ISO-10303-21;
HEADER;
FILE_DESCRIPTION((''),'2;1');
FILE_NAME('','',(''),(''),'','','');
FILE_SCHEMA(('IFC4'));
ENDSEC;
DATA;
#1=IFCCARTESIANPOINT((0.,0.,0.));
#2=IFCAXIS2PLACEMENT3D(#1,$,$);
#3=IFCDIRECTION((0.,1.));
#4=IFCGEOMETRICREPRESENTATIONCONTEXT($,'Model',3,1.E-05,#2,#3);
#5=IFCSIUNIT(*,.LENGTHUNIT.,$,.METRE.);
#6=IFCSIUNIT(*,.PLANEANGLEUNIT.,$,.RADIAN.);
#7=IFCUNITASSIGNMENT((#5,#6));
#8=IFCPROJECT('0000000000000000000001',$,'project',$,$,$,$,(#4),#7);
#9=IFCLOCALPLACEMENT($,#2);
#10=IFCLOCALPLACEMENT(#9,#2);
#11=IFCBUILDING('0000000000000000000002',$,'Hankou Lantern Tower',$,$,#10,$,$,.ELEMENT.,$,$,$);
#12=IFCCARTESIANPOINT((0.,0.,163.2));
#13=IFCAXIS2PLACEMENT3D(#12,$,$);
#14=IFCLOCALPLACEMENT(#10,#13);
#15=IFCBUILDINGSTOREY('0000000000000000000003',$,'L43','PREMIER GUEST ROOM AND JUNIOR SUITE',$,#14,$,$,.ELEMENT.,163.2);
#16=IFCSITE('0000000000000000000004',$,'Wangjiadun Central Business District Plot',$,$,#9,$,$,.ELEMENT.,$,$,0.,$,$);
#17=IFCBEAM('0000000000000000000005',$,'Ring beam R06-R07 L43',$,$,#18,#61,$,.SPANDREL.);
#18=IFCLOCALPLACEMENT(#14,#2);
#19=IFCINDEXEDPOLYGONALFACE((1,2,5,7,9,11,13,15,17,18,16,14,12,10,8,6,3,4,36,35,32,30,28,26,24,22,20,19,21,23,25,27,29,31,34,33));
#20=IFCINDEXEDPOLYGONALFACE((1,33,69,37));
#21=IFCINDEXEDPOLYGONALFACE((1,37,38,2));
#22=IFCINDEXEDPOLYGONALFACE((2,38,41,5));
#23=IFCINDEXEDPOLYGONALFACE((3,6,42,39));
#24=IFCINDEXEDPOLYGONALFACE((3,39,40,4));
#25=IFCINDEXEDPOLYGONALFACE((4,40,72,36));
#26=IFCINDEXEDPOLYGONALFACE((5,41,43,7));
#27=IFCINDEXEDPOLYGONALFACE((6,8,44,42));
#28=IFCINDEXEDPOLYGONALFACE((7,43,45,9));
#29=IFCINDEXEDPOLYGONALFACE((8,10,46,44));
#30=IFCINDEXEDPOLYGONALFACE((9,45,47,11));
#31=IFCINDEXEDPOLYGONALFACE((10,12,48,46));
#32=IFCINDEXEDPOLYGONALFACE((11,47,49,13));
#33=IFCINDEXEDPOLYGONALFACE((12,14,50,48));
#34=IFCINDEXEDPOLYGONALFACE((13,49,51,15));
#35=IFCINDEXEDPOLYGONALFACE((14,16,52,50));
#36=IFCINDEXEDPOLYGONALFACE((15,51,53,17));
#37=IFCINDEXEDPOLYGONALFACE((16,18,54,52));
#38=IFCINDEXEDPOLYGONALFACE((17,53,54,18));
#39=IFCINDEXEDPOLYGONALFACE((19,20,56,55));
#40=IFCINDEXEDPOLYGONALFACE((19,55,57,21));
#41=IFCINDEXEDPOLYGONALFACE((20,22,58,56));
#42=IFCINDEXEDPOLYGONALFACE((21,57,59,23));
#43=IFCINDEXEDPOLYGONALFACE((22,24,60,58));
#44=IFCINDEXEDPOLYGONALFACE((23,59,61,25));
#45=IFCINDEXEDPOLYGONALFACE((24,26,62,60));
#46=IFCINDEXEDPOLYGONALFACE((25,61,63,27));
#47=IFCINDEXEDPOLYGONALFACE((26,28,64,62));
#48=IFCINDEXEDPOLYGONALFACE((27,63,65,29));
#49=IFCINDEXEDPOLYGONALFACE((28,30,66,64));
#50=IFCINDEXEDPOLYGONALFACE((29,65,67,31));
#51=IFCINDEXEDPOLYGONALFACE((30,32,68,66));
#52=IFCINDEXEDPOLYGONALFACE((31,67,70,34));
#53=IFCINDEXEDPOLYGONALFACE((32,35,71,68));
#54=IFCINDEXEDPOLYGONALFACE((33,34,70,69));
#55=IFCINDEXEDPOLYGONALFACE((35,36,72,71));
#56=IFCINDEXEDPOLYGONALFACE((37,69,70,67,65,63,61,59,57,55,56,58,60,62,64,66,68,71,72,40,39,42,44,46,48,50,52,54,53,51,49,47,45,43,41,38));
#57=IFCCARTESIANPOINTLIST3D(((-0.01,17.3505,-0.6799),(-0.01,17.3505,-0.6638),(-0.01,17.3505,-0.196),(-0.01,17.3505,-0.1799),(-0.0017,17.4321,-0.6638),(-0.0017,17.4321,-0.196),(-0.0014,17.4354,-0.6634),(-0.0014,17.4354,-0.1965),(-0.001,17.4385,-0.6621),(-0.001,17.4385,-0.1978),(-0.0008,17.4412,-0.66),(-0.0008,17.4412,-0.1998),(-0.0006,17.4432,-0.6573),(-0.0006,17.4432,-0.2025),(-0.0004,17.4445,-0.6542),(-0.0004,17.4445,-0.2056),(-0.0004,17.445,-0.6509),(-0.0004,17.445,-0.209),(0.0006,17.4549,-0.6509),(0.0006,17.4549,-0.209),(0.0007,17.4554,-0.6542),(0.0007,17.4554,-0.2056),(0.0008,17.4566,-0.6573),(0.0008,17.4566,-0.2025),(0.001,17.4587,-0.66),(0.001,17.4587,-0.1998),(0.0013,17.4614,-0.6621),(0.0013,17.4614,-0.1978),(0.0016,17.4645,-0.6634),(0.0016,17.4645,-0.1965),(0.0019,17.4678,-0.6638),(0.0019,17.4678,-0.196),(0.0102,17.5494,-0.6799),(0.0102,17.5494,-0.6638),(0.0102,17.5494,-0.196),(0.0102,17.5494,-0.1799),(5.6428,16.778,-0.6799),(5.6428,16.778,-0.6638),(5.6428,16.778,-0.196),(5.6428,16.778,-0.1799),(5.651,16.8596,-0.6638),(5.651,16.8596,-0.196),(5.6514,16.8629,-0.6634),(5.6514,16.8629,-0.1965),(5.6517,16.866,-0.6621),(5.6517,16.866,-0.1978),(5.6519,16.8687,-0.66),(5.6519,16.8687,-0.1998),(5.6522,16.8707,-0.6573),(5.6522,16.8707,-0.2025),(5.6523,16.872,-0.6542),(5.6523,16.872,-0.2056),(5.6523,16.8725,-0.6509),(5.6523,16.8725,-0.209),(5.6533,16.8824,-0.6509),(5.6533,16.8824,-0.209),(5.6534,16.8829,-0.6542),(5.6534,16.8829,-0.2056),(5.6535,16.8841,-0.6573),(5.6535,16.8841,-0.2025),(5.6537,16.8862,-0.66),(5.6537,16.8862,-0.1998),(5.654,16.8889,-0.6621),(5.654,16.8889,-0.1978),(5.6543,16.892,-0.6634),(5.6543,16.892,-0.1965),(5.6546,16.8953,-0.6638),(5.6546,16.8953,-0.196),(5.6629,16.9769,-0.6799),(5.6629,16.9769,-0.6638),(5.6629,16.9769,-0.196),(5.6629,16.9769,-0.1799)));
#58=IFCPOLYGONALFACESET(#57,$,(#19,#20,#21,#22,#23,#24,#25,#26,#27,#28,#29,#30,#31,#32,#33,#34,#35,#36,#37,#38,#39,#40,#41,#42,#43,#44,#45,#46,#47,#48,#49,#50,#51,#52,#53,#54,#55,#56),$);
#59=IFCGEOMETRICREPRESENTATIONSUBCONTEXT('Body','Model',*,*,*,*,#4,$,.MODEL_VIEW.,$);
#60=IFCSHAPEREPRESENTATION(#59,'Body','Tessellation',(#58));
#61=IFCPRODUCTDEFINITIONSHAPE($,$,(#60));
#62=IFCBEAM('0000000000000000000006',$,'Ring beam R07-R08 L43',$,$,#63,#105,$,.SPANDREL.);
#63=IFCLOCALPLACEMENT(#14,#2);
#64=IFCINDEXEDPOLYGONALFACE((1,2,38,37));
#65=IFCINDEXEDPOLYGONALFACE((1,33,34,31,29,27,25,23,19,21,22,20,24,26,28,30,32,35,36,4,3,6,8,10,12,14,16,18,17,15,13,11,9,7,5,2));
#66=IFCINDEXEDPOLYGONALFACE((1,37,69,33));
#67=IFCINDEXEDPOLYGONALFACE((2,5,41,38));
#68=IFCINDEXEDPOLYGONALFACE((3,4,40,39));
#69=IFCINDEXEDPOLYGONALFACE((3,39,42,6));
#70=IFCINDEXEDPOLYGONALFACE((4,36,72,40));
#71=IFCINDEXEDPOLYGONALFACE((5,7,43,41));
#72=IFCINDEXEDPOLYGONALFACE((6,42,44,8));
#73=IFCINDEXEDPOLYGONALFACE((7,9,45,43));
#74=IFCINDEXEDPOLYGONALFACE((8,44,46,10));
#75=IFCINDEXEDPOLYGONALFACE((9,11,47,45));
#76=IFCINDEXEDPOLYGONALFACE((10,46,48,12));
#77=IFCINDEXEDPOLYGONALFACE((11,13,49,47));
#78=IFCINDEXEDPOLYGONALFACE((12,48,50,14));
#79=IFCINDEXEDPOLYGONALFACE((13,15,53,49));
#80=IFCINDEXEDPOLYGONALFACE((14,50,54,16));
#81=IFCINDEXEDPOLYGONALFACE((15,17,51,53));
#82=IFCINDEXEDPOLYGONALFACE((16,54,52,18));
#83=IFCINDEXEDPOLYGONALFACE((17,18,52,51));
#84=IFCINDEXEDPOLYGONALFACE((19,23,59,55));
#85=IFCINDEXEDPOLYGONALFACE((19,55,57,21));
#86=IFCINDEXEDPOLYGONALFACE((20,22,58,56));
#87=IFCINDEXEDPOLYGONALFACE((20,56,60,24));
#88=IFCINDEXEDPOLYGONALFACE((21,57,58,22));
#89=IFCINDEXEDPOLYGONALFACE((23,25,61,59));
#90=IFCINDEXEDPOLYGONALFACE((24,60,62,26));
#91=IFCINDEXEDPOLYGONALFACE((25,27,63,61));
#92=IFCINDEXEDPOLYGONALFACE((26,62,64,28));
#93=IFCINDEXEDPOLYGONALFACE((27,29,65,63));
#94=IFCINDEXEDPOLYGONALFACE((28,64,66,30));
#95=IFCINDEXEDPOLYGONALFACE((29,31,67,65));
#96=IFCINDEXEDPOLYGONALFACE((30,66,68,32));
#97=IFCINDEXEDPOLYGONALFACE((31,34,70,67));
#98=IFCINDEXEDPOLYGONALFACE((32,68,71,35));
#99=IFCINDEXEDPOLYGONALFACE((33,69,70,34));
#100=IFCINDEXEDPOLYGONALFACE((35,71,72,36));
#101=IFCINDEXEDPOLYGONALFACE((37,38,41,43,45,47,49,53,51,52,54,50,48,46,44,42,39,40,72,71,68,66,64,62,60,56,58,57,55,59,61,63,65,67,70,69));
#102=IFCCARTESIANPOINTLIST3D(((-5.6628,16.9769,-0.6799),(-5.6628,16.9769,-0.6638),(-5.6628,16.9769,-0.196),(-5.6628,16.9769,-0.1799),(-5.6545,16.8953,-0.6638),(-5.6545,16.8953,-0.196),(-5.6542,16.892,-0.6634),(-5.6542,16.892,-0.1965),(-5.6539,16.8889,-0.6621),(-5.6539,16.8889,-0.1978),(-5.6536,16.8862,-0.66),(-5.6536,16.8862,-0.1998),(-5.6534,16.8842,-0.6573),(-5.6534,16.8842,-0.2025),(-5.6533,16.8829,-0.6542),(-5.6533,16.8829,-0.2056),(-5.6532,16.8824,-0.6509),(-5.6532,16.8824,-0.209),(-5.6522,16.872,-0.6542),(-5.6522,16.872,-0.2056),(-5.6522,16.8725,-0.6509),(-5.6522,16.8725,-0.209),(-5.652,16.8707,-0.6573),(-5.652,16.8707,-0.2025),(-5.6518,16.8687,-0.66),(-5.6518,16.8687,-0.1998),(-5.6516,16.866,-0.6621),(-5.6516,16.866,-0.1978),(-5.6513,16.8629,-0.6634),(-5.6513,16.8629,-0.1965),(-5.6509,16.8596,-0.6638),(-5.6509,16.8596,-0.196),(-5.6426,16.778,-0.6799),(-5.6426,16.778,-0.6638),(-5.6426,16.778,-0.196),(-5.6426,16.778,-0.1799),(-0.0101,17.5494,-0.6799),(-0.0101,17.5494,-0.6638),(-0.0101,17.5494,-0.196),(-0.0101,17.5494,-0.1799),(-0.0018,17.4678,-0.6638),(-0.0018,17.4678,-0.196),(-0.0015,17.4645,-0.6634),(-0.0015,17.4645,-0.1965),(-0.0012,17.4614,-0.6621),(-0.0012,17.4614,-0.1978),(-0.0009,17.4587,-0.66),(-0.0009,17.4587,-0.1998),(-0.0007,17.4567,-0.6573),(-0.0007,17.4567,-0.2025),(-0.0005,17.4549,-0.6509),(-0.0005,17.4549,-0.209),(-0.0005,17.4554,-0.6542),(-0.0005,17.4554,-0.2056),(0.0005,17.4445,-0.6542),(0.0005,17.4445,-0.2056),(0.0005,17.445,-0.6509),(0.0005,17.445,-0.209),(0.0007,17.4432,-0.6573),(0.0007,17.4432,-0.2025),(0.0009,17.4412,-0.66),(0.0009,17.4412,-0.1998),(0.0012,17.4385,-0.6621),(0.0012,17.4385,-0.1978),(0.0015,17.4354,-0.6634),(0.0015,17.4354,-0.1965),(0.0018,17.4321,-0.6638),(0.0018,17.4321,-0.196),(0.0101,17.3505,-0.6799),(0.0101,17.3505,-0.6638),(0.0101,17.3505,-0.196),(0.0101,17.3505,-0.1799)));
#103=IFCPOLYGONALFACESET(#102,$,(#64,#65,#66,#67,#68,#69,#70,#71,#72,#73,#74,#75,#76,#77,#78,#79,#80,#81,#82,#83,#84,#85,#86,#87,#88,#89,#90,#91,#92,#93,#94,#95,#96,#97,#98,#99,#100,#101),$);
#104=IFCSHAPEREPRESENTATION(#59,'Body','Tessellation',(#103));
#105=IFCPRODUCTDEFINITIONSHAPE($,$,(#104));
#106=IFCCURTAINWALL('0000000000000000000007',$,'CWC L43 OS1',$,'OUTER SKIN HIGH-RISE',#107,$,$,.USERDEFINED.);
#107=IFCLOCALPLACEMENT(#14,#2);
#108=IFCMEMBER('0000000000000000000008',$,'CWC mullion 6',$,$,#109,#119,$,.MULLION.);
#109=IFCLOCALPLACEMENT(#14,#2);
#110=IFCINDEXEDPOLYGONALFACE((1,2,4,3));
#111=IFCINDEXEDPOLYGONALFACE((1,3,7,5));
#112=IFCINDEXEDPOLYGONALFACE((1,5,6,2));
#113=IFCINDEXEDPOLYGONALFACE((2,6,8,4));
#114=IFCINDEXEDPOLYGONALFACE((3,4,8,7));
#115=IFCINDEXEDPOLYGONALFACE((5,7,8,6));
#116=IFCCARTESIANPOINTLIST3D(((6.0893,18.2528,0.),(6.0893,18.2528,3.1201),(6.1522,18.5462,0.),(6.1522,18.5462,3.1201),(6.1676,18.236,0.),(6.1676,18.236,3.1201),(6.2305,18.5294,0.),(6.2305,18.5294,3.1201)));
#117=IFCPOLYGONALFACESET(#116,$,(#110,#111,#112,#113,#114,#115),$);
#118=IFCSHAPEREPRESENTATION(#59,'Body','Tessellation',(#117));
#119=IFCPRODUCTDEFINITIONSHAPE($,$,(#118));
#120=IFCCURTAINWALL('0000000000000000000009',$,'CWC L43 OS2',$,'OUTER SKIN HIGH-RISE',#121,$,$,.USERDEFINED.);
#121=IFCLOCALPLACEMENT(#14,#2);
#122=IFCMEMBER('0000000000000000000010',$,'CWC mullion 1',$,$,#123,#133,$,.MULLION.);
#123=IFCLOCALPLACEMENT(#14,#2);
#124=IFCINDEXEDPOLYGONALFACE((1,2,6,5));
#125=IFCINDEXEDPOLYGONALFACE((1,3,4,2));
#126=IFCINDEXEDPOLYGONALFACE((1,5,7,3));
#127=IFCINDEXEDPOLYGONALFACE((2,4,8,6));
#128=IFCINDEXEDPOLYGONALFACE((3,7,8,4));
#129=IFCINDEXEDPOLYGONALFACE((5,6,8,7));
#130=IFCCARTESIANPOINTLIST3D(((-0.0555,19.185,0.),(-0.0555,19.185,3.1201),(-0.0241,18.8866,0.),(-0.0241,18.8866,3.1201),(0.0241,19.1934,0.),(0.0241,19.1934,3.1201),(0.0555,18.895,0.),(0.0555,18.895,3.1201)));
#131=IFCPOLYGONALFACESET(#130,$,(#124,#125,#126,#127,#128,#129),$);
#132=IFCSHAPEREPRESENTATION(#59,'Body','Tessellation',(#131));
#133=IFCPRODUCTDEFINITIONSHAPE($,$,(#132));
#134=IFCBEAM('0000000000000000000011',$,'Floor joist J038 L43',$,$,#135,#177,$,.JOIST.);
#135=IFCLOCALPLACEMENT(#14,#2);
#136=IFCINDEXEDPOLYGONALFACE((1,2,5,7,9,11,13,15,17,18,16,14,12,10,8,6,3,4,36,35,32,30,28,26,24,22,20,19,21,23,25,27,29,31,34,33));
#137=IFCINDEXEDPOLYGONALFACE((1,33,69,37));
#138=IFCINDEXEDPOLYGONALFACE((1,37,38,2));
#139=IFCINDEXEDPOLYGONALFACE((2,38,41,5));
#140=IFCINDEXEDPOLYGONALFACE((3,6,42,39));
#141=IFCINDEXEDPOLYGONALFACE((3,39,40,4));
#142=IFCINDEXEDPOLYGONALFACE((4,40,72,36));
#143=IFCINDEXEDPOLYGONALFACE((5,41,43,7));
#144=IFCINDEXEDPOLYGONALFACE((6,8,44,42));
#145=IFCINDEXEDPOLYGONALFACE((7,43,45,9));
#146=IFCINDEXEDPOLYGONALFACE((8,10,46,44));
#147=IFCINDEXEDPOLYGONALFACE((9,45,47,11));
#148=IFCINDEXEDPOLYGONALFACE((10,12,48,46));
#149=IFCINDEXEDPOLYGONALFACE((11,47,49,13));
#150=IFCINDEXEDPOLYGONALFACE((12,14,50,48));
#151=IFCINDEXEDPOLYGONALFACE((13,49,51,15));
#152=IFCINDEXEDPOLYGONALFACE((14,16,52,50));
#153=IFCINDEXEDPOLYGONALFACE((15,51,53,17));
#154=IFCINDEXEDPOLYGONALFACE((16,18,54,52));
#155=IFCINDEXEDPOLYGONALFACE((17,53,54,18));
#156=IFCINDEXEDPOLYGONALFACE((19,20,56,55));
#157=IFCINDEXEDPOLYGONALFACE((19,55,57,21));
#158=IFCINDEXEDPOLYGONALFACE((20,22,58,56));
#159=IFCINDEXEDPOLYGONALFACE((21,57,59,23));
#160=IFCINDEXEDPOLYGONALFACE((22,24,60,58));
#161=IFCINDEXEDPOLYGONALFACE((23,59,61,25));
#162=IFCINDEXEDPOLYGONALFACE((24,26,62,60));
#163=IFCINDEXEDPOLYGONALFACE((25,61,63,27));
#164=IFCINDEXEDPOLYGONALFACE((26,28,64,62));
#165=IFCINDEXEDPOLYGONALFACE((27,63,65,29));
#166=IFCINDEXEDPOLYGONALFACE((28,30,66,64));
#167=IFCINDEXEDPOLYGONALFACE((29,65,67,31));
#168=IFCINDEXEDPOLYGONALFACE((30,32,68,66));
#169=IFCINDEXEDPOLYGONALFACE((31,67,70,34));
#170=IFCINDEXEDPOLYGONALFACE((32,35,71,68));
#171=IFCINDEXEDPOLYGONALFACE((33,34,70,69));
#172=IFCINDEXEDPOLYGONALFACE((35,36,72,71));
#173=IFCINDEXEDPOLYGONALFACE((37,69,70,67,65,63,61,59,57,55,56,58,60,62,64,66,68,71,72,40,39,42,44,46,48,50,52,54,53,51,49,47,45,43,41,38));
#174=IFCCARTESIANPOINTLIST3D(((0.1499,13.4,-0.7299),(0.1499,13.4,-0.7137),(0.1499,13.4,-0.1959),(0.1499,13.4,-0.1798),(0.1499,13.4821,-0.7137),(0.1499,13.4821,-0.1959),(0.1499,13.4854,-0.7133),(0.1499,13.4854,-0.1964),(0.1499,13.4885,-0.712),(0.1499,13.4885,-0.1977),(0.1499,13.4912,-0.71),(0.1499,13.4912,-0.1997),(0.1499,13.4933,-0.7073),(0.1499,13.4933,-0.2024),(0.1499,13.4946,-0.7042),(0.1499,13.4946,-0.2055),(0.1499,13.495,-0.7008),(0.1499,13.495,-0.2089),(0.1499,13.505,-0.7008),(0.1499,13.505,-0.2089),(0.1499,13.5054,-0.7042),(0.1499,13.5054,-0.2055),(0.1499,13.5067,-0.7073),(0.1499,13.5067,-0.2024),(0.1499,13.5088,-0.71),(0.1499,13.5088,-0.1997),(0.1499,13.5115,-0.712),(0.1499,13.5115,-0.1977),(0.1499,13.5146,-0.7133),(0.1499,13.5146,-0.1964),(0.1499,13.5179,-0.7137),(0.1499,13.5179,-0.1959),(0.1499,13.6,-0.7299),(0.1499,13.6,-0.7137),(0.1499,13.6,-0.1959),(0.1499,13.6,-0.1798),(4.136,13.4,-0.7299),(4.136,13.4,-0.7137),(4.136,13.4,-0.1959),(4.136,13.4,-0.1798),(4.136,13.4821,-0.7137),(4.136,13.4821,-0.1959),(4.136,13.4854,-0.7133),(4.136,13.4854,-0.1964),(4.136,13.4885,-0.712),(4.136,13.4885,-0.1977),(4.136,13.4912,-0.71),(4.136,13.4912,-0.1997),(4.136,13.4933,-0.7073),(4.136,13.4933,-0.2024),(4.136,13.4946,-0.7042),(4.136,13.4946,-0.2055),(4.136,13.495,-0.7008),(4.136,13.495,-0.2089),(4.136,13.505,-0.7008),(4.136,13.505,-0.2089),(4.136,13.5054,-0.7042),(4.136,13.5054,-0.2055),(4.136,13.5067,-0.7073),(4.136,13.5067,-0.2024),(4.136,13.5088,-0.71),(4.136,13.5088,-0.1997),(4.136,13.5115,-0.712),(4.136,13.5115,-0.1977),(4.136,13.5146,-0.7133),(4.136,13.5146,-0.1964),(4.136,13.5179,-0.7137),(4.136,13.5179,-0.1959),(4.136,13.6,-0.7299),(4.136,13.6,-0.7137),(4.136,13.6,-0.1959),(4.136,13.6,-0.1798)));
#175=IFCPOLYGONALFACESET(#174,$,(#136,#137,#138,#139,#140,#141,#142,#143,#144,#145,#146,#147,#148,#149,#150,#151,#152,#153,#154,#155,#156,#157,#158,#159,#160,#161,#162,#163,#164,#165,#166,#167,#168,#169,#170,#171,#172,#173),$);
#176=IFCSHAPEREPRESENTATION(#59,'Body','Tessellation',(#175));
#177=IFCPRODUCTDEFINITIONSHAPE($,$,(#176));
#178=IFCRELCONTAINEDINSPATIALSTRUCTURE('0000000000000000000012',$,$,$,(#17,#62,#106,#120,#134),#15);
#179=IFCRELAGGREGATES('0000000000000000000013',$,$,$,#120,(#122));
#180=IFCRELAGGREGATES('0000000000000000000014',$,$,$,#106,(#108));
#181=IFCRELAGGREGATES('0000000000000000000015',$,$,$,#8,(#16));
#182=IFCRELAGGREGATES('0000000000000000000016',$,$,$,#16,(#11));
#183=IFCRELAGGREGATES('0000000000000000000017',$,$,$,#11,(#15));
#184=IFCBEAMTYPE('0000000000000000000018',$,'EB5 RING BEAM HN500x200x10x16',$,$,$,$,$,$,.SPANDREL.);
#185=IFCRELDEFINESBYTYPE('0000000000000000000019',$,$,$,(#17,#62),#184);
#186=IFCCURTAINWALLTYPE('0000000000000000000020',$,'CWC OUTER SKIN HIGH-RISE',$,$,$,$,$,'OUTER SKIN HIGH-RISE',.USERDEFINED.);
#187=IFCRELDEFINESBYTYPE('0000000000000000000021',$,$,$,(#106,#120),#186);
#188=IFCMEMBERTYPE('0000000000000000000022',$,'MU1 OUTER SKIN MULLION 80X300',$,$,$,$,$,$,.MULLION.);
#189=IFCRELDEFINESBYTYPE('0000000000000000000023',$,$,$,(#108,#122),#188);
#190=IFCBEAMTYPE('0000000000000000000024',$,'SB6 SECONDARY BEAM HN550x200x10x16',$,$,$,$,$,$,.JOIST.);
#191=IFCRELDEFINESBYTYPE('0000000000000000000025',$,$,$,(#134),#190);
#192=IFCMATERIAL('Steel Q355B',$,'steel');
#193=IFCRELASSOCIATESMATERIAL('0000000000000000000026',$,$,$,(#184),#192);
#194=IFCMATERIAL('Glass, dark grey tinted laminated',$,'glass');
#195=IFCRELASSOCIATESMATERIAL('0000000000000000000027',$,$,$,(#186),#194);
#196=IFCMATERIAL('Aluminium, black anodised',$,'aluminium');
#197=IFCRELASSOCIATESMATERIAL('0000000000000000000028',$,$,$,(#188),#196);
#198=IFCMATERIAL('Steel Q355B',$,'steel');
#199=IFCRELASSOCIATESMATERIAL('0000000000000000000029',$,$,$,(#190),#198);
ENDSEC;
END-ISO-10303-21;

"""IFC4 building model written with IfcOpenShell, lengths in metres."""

from ifc_helpers import new_model, si_unit, direction, frame, origin, origin_2d, place, context, subcontext, project, spatial, rectangle, i_section, extrude, material, material_profile, profile_set, type_object, element, aggregate, save


model = new_model("IFC4")

# Units and contexts
model_context = context("Model", 3, precision=1e-05, world=origin(), true_north=direction((0.0, 1.0)))
body_context = subcontext(model_context, "Body", "Model", "MODEL_VIEW")
ifc_project = project(units=[si_unit("LENGTHUNIT", "METRE"), si_unit("PLANEANGLEUNIT", "RADIAN")], contexts=[model_context])

# Site, building, storey
site_placement = place(None, origin())
site = spatial("IfcSite", under=ifc_project, at=site_placement, Name="Wangjiadun Central Business District Plot", CompositionType="ELEMENT", RefElevation=0.0)
building_placement = place(site_placement, origin())
building = spatial("IfcBuilding", under=site, at=building_placement, Name="Hankou Lantern Tower", CompositionType="ELEMENT")
storey_placement = place(building_placement, frame((0.0, 0.0, 163.2)))
storey = spatial("IfcBuildingStorey", under=building, at=storey_placement, Name="L43", Description="PREMIER GUEST ROOM AND JUNIOR SUITE", CompositionType="ELEMENT", Elevation=163.2)

# Beams
ifc_material_1 = material(Name="Steel Q355B", Category="steel")
ifc_material_profile_1 = material_profile(ifc_material_1, i_section(OverallWidth=0.2, OverallDepth=0.5, WebThickness=0.01, FlangeThickness=0.0161, FilletRadius=0.0129, at=origin_2d()), Name="HN500x200x10x16")
ifc_profile_set_1 = profile_set([ifc_material_profile_1], Name="Steel Q355B")
beam_type_1 = type_object("IfcBeamType", Name="EB5 RING BEAM HN500x200x10x16", PredefinedType="SPANDREL", material=ifc_profile_set_1)
for number, where, z_axis, x_axis, name in (
    (1, (5.6528, 16.8774, -0.4299), (-0.99491, 0.100763, 0.0), (-0.100763, -0.99491, 0.0), "Ring beam R06-R07 L43"),
    (2, (0.0, 17.45, -0.4299), (-0.99491, -0.100763, 0.0), (0.100763, -0.99491, 0.0), "Ring beam R07-R08 L43"),
):
    element("IfcBeam", number, at=place(storey_placement, frame(where, z_axis=z_axis, x_axis=x_axis)), inside=storey, type_object=beam_type_1, Name=name, PredefinedType="SPANDREL", context=body_context, shape_type="SweptSolid", body=[
        extrude(i_section(OverallWidth=0.2, OverallDepth=0.5, WebThickness=0.01, FlangeThickness=0.0161, FilletRadius=0.0129, at=origin_2d()), origin(), (0.0, 0.0, 1.0), 5.6816),
    ])

# Curtain walls, members
ifc_material_2 = material(Name="Glass, dark grey tinted laminated", Category="glass")
curtain_wall_type = type_object("IfcCurtainWallType", Name="CWC OUTER SKIN HIGH-RISE", ElementType="OUTER SKIN HIGH-RISE", PredefinedType="USERDEFINED", material=ifc_material_2)
curtain_wall_1_placement = place(storey_placement, origin())
curtain_wall_1 = element("IfcCurtainWall", 3, at=curtain_wall_1_placement, inside=storey, type_object=curtain_wall_type, Name="CWC L43 OS1", ObjectType="OUTER SKIN HIGH-RISE", PredefinedType="USERDEFINED")
ifc_material_3 = material(Name="Aluminium, black anodised", Category="aluminium")
ifc_material_profile_2 = material_profile(ifc_material_3, rectangle(XDim=0.0801, YDim=0.3, at=origin_2d()), Name="MU1 80X300")
ifc_profile_set_2 = profile_set([ifc_material_profile_2], Name="Aluminium, black anodised")
member_type_1 = type_object("IfcMemberType", Name="MU1 OUTER SKIN MULLION 80X300", PredefinedType="MULLION", material=ifc_profile_set_2)
member_1_placement = place(storey_placement, frame((6.1599, 18.3911, 0.0), z_axis=(0.0, 0.0, 1.0), x_axis=(-0.977788, 0.209598, 0.0)))
member_1 = element("IfcMember", 4, at=member_1_placement, type_object=member_type_1, Name="CWC mullion 6", PredefinedType="MULLION", context=body_context, shape_type="SweptSolid", body=[
    extrude(rectangle(XDim=0.0801, YDim=0.3, at=origin_2d()), origin(), (0.0, 0.0, 1.0), 3.1201),
])
curtain_wall_2_placement = place(storey_placement, origin())
curtain_wall_2 = element("IfcCurtainWall", 5, at=curtain_wall_2_placement, inside=storey, type_object=curtain_wall_type, Name="CWC L43 OS2", ObjectType="OUTER SKIN HIGH-RISE", PredefinedType="USERDEFINED")
member_2_placement = place(storey_placement, frame((0.0, 19.04, 0.0), z_axis=(0.0, 0.0, 1.0), x_axis=(-0.994499, -0.104743, 0.0)))
member_2 = element("IfcMember", 6, at=member_2_placement, type_object=member_type_1, Name="CWC mullion 1", PredefinedType="MULLION", context=body_context, shape_type="SweptSolid", body=[
    extrude(rectangle(XDim=0.0801, YDim=0.3, at=origin_2d()), origin(), (0.0, 0.0, 1.0), 3.1201),
])

# Beam
ifc_material_4 = material(Name="Steel Q355B", Category="steel")
ifc_material_profile_3 = material_profile(ifc_material_4, i_section(OverallWidth=0.2, OverallDepth=0.55, WebThickness=0.01, FlangeThickness=0.0161, FilletRadius=0.0129, at=origin_2d()), Name="HN550x200x10x16")
ifc_profile_set_3 = profile_set([ifc_material_profile_3], Name="Steel Q355B")
beam_type_2 = type_object("IfcBeamType", Name="SB6 SECONDARY BEAM HN550x200x10x16", PredefinedType="JOIST", material=ifc_profile_set_3)
beam_1_placement = place(storey_placement, frame((0.1499, 13.5, -0.4548), z_axis=(1.0, 0.0, 0.0), x_axis=(0.0, 1.0, 0.0)))
element("IfcBeam", 7, at=beam_1_placement, inside=storey, type_object=beam_type_2, Name="Floor joist J038 L43", PredefinedType="JOIST", context=body_context, shape_type="SweptSolid", body=[
    extrude(i_section(OverallWidth=0.2, OverallDepth=0.55, WebThickness=0.01, FlangeThickness=0.0161, FilletRadius=0.0129, at=origin_2d()), origin(), (0.0, 0.0, 1.0), 3.9861),
])

aggregate(curtain_wall_2, [member_2])

aggregate(curtain_wall_1, [member_1])

save(model, "model.ifc")
